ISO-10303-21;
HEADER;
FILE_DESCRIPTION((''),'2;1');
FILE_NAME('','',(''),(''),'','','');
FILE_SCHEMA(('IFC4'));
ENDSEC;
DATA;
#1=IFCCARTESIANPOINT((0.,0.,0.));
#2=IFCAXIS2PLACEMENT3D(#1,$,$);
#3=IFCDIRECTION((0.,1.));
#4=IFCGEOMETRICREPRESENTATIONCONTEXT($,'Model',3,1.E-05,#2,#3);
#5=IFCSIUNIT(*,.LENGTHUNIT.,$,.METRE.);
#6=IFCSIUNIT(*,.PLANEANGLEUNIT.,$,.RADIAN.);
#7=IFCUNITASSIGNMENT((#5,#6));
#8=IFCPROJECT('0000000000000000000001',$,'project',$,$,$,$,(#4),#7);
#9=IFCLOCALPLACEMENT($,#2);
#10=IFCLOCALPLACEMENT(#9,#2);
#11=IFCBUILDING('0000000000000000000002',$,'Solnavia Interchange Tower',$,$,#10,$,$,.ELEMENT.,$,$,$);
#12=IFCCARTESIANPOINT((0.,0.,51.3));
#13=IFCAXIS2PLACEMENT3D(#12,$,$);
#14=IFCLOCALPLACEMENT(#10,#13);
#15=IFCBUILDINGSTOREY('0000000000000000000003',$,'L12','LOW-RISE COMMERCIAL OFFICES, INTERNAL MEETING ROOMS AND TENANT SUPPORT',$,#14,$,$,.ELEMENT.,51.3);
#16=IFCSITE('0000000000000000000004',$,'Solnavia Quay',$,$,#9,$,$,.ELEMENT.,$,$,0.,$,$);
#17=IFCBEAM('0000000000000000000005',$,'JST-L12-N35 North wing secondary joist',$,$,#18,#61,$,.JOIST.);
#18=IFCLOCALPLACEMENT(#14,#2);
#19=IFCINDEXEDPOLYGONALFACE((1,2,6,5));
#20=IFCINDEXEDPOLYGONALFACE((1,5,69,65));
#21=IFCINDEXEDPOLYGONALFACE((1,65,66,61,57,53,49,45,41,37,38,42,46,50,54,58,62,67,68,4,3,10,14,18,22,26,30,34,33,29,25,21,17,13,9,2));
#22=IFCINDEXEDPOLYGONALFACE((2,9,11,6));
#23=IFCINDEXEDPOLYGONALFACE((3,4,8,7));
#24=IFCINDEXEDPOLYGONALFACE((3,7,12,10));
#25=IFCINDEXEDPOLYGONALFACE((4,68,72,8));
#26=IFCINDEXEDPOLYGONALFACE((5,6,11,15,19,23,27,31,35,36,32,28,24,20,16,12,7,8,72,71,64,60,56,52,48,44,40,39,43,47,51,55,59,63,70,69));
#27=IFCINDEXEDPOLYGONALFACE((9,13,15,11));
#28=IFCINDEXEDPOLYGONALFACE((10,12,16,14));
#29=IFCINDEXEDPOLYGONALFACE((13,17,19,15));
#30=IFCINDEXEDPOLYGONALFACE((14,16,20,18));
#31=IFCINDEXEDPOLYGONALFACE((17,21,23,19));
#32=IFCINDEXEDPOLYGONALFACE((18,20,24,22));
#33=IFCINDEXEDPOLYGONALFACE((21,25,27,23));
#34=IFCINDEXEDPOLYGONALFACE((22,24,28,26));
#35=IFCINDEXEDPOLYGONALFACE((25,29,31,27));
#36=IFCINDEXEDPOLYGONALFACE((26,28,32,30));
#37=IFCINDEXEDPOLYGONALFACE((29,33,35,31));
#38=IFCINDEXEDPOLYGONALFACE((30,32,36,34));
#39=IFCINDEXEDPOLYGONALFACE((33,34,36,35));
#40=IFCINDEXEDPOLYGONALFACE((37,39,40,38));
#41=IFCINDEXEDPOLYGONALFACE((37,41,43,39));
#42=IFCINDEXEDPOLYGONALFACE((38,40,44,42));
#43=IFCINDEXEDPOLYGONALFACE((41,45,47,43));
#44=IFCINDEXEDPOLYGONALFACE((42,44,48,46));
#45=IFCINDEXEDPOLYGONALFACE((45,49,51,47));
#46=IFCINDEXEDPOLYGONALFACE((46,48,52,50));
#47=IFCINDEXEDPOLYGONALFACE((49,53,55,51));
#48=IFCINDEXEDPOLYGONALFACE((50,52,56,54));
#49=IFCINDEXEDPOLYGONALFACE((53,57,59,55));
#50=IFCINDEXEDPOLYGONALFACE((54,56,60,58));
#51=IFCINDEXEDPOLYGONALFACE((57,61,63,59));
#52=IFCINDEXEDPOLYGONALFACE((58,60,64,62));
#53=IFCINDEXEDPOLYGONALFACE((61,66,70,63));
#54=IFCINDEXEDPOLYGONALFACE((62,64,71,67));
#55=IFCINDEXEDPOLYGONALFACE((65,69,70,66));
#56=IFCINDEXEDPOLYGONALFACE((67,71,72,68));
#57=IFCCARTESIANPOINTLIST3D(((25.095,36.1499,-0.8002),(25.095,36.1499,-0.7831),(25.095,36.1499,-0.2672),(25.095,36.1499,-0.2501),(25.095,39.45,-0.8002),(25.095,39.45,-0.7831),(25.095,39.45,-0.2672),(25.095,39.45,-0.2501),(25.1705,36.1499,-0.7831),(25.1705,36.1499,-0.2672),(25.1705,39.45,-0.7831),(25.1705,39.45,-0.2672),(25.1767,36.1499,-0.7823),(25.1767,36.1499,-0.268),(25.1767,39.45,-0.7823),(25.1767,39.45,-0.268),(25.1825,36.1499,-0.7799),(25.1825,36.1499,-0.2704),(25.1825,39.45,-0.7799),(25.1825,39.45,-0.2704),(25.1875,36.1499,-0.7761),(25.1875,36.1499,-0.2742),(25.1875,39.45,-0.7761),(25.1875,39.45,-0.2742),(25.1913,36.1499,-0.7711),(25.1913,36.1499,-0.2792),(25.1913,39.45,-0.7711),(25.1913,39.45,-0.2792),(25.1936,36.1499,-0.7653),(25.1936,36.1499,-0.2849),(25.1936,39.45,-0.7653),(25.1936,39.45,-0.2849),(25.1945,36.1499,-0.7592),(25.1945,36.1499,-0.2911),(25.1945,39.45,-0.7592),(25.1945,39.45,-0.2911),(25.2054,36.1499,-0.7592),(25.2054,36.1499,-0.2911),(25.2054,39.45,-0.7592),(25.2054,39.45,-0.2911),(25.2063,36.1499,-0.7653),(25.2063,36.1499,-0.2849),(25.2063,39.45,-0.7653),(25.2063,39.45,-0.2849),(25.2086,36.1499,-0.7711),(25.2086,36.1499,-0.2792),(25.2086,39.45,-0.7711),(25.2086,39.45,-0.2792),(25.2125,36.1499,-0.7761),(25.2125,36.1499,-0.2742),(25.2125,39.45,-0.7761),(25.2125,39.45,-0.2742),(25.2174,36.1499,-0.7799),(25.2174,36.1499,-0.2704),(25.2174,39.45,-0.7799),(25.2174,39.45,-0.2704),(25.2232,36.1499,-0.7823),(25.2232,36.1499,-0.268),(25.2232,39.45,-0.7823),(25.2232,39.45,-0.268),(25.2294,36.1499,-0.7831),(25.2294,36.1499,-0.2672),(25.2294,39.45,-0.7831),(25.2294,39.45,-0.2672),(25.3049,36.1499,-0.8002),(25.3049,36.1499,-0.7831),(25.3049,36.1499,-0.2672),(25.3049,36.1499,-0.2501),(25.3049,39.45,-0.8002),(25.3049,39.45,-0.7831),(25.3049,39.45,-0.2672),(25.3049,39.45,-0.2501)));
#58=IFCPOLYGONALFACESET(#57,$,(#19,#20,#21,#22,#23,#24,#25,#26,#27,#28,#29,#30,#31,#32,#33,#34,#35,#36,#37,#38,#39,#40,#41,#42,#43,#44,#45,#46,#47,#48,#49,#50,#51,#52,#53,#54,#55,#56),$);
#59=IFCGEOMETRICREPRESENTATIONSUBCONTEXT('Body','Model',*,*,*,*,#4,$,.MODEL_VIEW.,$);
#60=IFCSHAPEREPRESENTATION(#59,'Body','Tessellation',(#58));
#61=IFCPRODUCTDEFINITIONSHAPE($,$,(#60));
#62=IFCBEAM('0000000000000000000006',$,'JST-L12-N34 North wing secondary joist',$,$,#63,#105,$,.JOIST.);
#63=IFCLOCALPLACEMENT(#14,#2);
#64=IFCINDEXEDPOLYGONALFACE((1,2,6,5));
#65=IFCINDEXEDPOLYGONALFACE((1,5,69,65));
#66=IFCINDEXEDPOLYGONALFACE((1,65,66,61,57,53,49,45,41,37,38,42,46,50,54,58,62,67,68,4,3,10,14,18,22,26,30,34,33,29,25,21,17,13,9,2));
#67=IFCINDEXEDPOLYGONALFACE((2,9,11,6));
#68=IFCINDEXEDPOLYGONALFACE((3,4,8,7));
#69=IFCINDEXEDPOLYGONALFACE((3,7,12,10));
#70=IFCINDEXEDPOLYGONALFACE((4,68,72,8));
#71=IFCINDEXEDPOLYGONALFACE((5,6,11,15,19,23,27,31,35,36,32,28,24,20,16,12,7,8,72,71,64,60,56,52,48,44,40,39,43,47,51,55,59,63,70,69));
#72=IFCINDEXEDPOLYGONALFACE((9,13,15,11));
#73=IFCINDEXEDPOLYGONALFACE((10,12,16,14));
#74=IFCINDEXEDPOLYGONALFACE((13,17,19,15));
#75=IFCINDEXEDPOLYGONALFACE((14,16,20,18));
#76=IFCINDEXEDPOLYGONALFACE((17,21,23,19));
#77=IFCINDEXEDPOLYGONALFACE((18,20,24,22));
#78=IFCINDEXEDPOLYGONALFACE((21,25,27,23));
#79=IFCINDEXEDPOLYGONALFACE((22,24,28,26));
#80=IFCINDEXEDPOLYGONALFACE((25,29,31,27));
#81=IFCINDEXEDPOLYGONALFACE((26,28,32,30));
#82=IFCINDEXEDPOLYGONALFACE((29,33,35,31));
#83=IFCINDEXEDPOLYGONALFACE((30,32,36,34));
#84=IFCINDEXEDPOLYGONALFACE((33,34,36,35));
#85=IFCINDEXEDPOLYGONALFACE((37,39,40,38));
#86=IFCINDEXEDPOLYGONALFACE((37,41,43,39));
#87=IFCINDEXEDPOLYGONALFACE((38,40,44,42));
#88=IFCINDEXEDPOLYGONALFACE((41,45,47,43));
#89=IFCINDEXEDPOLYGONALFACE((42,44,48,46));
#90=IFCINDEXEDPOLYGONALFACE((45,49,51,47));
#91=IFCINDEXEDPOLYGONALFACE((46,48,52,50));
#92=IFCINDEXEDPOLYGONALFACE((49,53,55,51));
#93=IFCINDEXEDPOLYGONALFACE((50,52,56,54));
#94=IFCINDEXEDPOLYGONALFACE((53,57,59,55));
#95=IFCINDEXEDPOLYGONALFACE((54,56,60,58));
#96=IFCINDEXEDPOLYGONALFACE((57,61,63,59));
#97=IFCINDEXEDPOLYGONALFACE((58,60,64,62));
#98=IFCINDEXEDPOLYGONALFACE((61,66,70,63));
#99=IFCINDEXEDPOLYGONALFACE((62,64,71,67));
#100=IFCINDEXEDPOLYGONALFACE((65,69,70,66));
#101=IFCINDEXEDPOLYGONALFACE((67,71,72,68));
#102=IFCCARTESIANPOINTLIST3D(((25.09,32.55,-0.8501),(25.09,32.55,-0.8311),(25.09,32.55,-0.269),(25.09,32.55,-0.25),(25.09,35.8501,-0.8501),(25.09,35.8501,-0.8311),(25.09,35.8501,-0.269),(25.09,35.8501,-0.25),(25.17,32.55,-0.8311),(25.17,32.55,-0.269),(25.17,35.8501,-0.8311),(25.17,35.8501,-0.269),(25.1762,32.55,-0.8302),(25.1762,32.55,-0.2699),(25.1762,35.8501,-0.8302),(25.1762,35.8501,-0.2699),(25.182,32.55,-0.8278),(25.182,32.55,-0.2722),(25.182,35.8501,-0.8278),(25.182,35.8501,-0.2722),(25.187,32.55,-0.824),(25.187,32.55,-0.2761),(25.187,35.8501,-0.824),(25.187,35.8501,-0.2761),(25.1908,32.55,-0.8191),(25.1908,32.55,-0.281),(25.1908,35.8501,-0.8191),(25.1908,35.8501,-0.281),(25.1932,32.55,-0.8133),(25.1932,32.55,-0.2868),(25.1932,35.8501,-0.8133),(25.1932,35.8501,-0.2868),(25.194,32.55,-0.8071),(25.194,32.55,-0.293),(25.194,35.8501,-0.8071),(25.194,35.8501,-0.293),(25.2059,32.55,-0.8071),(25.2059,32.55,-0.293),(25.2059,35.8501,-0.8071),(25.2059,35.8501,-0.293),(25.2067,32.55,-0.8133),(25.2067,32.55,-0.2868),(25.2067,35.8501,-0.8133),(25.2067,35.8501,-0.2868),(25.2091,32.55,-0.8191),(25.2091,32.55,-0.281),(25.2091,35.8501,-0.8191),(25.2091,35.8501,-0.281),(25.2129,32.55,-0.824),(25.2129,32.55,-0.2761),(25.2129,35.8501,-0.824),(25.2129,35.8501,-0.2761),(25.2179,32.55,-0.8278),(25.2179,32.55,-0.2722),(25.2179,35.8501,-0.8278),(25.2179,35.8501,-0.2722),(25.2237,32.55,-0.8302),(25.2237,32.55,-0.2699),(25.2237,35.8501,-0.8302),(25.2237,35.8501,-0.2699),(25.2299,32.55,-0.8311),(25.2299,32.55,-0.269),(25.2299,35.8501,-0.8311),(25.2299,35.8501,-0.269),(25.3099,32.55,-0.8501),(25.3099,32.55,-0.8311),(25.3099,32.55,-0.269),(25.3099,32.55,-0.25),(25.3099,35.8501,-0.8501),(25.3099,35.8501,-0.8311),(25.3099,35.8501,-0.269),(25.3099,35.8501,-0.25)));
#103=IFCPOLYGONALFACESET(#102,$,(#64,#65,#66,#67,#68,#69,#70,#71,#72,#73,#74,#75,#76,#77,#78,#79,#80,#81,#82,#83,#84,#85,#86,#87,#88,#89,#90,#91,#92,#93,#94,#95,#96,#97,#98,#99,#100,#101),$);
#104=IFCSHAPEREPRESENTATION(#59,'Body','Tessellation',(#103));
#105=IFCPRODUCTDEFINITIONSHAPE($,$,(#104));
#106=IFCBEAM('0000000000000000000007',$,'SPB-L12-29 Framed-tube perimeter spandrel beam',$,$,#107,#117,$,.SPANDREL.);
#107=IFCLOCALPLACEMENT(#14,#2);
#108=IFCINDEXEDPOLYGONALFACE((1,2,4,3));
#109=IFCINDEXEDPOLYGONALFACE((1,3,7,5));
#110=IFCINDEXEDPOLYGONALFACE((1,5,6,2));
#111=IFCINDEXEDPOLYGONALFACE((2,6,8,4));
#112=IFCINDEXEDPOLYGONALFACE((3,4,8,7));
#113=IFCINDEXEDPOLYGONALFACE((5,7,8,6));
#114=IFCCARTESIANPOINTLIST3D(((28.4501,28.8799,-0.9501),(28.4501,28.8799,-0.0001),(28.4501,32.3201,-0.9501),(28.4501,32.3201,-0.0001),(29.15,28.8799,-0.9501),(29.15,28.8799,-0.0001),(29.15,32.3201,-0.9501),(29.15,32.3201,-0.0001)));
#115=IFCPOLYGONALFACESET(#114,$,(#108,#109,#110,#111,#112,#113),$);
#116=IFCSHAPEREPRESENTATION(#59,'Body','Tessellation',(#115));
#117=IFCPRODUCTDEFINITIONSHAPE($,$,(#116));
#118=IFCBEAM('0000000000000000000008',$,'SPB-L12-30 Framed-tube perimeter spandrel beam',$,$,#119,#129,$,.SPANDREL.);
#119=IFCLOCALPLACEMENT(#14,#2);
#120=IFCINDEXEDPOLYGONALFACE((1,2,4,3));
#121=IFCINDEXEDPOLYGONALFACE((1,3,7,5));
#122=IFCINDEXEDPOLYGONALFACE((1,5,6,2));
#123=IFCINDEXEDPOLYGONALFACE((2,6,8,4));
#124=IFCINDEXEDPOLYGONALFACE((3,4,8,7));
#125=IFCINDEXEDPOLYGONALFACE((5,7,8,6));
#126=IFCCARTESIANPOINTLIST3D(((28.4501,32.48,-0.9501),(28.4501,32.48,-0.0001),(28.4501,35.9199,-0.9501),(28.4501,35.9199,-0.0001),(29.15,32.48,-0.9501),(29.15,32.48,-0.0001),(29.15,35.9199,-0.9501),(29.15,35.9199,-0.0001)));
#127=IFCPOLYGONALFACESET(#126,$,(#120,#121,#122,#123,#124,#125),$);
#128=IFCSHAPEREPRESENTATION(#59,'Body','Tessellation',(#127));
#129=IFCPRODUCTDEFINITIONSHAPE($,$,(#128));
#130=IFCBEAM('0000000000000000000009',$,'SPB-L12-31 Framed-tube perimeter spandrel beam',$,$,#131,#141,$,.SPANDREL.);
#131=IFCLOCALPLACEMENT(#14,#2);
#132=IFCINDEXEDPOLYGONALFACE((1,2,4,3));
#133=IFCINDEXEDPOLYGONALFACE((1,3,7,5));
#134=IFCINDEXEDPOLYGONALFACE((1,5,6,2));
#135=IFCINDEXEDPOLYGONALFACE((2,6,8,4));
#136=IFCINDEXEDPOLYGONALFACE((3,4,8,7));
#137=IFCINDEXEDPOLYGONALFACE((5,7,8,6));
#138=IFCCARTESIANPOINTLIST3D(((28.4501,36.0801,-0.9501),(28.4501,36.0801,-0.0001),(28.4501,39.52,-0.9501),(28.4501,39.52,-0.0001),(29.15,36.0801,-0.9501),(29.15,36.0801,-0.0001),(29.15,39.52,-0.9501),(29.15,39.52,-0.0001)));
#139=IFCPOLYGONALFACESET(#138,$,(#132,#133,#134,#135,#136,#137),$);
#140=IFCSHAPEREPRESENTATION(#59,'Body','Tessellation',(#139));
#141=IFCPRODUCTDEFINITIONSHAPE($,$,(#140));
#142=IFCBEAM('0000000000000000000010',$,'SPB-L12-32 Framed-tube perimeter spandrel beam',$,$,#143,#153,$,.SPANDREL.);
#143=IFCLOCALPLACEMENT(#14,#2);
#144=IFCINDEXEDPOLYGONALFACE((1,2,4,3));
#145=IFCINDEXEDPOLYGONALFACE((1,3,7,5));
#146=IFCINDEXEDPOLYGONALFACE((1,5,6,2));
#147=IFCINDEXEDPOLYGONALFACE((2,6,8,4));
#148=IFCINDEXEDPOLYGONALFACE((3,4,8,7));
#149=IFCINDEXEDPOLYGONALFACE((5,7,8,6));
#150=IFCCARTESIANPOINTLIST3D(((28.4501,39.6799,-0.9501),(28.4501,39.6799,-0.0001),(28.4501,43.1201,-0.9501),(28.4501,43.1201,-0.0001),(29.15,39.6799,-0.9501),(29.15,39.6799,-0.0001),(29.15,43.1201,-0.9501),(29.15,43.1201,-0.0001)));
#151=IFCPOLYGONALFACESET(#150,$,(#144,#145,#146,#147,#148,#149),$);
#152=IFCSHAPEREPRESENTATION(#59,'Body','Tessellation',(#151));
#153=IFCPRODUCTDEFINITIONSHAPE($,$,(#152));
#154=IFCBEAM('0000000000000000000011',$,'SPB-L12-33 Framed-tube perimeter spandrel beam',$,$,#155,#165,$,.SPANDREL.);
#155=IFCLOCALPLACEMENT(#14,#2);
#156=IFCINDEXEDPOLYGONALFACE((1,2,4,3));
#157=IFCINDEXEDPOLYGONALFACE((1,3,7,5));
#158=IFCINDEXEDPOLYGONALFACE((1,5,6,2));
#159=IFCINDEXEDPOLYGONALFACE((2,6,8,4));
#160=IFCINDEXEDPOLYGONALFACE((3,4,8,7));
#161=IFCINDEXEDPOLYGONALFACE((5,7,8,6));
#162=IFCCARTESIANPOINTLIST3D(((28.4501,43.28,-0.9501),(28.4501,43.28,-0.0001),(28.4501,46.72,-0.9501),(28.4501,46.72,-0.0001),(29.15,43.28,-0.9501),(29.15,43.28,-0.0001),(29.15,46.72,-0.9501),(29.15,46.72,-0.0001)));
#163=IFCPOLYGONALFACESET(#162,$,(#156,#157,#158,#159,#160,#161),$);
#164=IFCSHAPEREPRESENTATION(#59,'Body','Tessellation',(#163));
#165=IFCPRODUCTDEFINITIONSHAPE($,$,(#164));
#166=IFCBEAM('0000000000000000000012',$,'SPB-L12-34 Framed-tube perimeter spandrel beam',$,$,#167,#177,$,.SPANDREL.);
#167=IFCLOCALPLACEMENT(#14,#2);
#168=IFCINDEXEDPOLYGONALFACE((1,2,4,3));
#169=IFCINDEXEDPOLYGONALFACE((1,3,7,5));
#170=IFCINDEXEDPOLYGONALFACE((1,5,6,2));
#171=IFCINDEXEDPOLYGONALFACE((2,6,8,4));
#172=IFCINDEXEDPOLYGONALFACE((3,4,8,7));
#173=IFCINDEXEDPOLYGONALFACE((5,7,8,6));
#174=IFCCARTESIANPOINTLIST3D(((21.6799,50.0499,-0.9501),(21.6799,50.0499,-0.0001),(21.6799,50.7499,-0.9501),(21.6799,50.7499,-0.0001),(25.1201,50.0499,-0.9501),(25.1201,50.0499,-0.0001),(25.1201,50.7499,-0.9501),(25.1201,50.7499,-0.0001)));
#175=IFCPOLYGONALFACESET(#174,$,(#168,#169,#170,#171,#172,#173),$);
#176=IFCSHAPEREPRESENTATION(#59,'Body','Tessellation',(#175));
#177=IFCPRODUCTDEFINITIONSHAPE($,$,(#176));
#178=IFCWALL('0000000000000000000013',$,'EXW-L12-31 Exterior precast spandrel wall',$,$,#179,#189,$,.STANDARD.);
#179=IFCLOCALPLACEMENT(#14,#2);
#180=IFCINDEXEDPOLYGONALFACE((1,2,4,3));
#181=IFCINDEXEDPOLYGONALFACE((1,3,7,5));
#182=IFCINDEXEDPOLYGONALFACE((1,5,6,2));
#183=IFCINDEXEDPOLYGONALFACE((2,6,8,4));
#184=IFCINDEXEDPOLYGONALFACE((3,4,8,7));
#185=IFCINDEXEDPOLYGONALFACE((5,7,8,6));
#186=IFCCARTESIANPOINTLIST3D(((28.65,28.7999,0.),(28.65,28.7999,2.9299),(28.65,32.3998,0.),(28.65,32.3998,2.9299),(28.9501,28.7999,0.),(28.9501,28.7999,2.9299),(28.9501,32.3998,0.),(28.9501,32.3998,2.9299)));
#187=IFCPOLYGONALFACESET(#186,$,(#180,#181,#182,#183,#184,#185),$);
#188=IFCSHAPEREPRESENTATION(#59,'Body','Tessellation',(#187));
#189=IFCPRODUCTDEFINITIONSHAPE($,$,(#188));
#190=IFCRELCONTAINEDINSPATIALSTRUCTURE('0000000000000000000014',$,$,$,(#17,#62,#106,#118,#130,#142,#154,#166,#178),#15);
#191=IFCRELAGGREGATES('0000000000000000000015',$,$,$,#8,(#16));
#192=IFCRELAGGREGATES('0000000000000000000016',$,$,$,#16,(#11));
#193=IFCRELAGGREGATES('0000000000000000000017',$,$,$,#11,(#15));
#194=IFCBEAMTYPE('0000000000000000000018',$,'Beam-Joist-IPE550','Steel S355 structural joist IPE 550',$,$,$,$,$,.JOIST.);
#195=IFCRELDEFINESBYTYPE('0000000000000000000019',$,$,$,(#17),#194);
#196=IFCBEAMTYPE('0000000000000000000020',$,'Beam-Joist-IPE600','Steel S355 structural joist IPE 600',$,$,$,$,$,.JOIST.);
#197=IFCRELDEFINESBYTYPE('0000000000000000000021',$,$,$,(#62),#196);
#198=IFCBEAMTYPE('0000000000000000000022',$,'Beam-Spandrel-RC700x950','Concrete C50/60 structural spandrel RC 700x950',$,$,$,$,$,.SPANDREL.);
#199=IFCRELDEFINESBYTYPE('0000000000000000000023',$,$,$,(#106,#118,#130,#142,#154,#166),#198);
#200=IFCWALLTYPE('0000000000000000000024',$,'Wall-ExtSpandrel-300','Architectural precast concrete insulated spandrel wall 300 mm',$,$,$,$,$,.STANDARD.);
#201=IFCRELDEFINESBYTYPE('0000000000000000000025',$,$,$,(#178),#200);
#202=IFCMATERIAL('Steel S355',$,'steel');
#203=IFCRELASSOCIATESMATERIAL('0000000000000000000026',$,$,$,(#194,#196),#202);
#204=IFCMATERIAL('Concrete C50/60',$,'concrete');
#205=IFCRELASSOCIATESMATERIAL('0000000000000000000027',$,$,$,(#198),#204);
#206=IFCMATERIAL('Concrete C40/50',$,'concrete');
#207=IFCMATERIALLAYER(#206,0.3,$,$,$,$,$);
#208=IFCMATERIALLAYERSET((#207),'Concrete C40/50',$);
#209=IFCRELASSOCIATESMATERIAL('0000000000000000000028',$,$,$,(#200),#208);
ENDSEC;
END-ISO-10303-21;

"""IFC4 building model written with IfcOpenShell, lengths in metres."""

from ifc_helpers import new_model, si_unit, direction, frame, frame_2d, origin, origin_2d, place, context, subcontext, project, spatial, rectangle, i_section, extrude, material, layer, layer_set, material_profile, profile_set, type_object, element, save


model = new_model("IFC4")

# Units and contexts
model_context = context("Model", 3, precision=1e-05, world=origin(), true_north=direction((0.0, 1.0)))
body_context = subcontext(model_context, "Body", "Model", "MODEL_VIEW")
ifc_project = project(units=[si_unit("LENGTHUNIT", "METRE"), si_unit("PLANEANGLEUNIT", "RADIAN")], contexts=[model_context])

# Site, building, storey
site_placement = place(None, origin())
site = spatial("IfcSite", under=ifc_project, at=site_placement, Name="Solnavia Quay", CompositionType="ELEMENT", RefElevation=0.0)
building_placement = place(site_placement, origin())
building = spatial("IfcBuilding", under=site, at=building_placement, Name="Solnavia Interchange Tower", CompositionType="ELEMENT")
storey_placement = place(building_placement, frame((0.0, 0.0, 51.3)))
storey = spatial("IfcBuildingStorey", under=building, at=storey_placement, Name="L12", Description="LOW-RISE COMMERCIAL OFFICES, INTERNAL MEETING ROOMS AND TENANT SUPPORT", CompositionType="ELEMENT", Elevation=51.3)

# Beams
ifc_material_1 = material(Name="Steel S355", Category="steel")
ifc_material_profile_1 = material_profile(ifc_material_1, i_section(OverallWidth=0.21, OverallDepth=0.55, WebThickness=0.011, FlangeThickness=0.0171, FilletRadius=0.0239, at=origin_2d()), Name="IPE 550")
ifc_profile_set_1 = profile_set([ifc_material_profile_1], Name="Steel S355")
beam_type_1 = type_object("IfcBeamType", Name="Beam-Joist-IPE550", Description="Steel S355 structural joist IPE 550", PredefinedType="JOIST", material=ifc_profile_set_1)
beam_1_placement = place(storey_placement, frame((25.2, 36.1499, -0.5251), z_axis=(0.0, 1.0, 0.0), x_axis=(-1.0, 0.0, 0.0)))
element("IfcBeam", 1, at=beam_1_placement, inside=storey, type_object=beam_type_1, Name="JST-L12-N35 North wing secondary joist", PredefinedType="JOIST", context=body_context, shape_type="SweptSolid", body=[
    extrude(i_section(OverallWidth=0.21, OverallDepth=0.55, WebThickness=0.011, FlangeThickness=0.0171, FilletRadius=0.0239, at=origin_2d()), origin(), (0.0, 0.0, 1.0), 3.3),
])
ifc_material_profile_2 = material_profile(ifc_material_1, i_section(OverallWidth=0.22, OverallDepth=0.6001, WebThickness=0.012, FlangeThickness=0.019, FilletRadius=0.0239, at=origin_2d()), Name="IPE 600")
ifc_profile_set_2 = profile_set([ifc_material_profile_2], Name="Steel S355")
beam_type_2 = type_object("IfcBeamType", Name="Beam-Joist-IPE600", Description="Steel S355 structural joist IPE 600", PredefinedType="JOIST", material=ifc_profile_set_2)
beam_2_placement = place(storey_placement, frame((25.2, 32.55, -0.55), z_axis=(0.0, 1.0, 0.0), x_axis=(-1.0, 0.0, 0.0)))
element("IfcBeam", 2, at=beam_2_placement, inside=storey, type_object=beam_type_2, Name="JST-L12-N34 North wing secondary joist", PredefinedType="JOIST", context=body_context, shape_type="SweptSolid", body=[
    extrude(i_section(OverallWidth=0.22, OverallDepth=0.6001, WebThickness=0.012, FlangeThickness=0.019, FilletRadius=0.0239, at=origin_2d()), origin(), (0.0, 0.0, 1.0), 3.3),
])
ifc_material_2 = material(Name="Concrete C50/60", Category="concrete")
ifc_material_profile_3 = material_profile(ifc_material_2, rectangle(XDim=0.7, YDim=0.95, at=origin_2d()), Name="RC 700x950")
ifc_profile_set_3 = profile_set([ifc_material_profile_3], Name="Concrete C50/60")
beam_type_3 = type_object("IfcBeamType", Name="Beam-Spandrel-RC700x950", Description="Concrete C50/60 structural spandrel RC 700x950", PredefinedType="SPANDREL", material=ifc_profile_set_3)
beam_3_placement = place(storey_placement, frame((28.8, 28.8799, -0.4751), z_axis=(0.0, 1.0, 0.0), x_axis=(-1.0, 0.0, 0.0)))
element("IfcBeam", 3, at=beam_3_placement, inside=storey, type_object=beam_type_3, Name="SPB-L12-29 Framed-tube perimeter spandrel beam", PredefinedType="SPANDREL", context=body_context, shape_type="SweptSolid", body=[
    extrude(rectangle(XDim=0.7, YDim=0.95, at=origin_2d()), origin(), (0.0, 0.0, 1.0), 3.4402),
])
for number, where, z_axis, x_axis, name in (
    (4, (28.8, 32.48, -0.4751), (0.0, 1.0, 0.0), (-1.0, 0.0, 0.0), "SPB-L12-30 Framed-tube perimeter spandrel beam"),
    (5, (28.8, 36.0801, -0.4751), (0.0, 1.0, 0.0), (-1.0, 0.0, 0.0), "SPB-L12-31 Framed-tube perimeter spandrel beam"),
):
    element("IfcBeam", number, at=place(storey_placement, frame(where, z_axis=z_axis, x_axis=x_axis)), inside=storey, type_object=beam_type_3, Name=name, PredefinedType="SPANDREL", context=body_context, shape_type="SweptSolid", body=[
        extrude(rectangle(XDim=0.7, YDim=0.95, at=origin_2d()), origin(), (0.0, 0.0, 1.0), 3.4399),
    ])
beam_4_placement = place(storey_placement, frame((28.8, 39.6799, -0.4751), z_axis=(0.0, 1.0, 0.0), x_axis=(-1.0, 0.0, 0.0)))
element("IfcBeam", 6, at=beam_4_placement, inside=storey, type_object=beam_type_3, Name="SPB-L12-32 Framed-tube perimeter spandrel beam", PredefinedType="SPANDREL", context=body_context, shape_type="SweptSolid", body=[
    extrude(rectangle(XDim=0.7, YDim=0.95, at=origin_2d()), origin(), (0.0, 0.0, 1.0), 3.4402),
])
beam_5_placement = place(storey_placement, frame((28.8, 43.28, -0.4751), z_axis=(0.0, 1.0, 0.0), x_axis=(-1.0, 0.0, 0.0)))
element("IfcBeam", 7, at=beam_5_placement, inside=storey, type_object=beam_type_3, Name="SPB-L12-33 Framed-tube perimeter spandrel beam", PredefinedType="SPANDREL", context=body_context, shape_type="SweptSolid", body=[
    extrude(rectangle(XDim=0.7, YDim=0.95, at=origin_2d()), origin(), (0.0, 0.0, 1.0), 3.4399),
])
beam_6_placement = place(storey_placement, frame((25.1201, 50.3999, -0.4751), z_axis=(-1.0, 0.0, 0.0), x_axis=(0.0, -1.0, 0.0)))
element("IfcBeam", 8, at=beam_6_placement, inside=storey, type_object=beam_type_3, Name="SPB-L12-34 Framed-tube perimeter spandrel beam", PredefinedType="SPANDREL", context=body_context, shape_type="SweptSolid", body=[
    extrude(rectangle(XDim=0.7, YDim=0.95, at=origin_2d()), origin(), (0.0, 0.0, 1.0), 3.4402),
])

# Wall
ifc_material_3 = material(Name="Concrete C40/50", Category="concrete")
ifc_layer = layer(ifc_material_3, 0.3)
ifc_layer_set = layer_set([ifc_layer], Name="Concrete C40/50")
wall_type = type_object("IfcWallType", Name="Wall-ExtSpandrel-300", Description="Architectural precast concrete insulated spandrel wall 300 mm", PredefinedType="STANDARD", material=ifc_layer_set)
wall_1_placement = place(storey_placement, frame((28.8, 28.8, 0.0), z_axis=(0.0, 0.0, 1.0), x_axis=(0.0, 1.0, 0.0)))
element("IfcWall", 9, at=wall_1_placement, inside=storey, type_object=wall_type, Name="EXW-L12-31 Exterior precast spandrel wall", PredefinedType="STANDARD", context=body_context, shape_type="SweptSolid", body=[
    extrude(rectangle(XDim=3.5999, YDim=0.3, at=frame_2d((1.7998, 0.0))), origin(), (0.0, 0.0, 1.0), 2.9299),
])

save(model, "model.ifc")
